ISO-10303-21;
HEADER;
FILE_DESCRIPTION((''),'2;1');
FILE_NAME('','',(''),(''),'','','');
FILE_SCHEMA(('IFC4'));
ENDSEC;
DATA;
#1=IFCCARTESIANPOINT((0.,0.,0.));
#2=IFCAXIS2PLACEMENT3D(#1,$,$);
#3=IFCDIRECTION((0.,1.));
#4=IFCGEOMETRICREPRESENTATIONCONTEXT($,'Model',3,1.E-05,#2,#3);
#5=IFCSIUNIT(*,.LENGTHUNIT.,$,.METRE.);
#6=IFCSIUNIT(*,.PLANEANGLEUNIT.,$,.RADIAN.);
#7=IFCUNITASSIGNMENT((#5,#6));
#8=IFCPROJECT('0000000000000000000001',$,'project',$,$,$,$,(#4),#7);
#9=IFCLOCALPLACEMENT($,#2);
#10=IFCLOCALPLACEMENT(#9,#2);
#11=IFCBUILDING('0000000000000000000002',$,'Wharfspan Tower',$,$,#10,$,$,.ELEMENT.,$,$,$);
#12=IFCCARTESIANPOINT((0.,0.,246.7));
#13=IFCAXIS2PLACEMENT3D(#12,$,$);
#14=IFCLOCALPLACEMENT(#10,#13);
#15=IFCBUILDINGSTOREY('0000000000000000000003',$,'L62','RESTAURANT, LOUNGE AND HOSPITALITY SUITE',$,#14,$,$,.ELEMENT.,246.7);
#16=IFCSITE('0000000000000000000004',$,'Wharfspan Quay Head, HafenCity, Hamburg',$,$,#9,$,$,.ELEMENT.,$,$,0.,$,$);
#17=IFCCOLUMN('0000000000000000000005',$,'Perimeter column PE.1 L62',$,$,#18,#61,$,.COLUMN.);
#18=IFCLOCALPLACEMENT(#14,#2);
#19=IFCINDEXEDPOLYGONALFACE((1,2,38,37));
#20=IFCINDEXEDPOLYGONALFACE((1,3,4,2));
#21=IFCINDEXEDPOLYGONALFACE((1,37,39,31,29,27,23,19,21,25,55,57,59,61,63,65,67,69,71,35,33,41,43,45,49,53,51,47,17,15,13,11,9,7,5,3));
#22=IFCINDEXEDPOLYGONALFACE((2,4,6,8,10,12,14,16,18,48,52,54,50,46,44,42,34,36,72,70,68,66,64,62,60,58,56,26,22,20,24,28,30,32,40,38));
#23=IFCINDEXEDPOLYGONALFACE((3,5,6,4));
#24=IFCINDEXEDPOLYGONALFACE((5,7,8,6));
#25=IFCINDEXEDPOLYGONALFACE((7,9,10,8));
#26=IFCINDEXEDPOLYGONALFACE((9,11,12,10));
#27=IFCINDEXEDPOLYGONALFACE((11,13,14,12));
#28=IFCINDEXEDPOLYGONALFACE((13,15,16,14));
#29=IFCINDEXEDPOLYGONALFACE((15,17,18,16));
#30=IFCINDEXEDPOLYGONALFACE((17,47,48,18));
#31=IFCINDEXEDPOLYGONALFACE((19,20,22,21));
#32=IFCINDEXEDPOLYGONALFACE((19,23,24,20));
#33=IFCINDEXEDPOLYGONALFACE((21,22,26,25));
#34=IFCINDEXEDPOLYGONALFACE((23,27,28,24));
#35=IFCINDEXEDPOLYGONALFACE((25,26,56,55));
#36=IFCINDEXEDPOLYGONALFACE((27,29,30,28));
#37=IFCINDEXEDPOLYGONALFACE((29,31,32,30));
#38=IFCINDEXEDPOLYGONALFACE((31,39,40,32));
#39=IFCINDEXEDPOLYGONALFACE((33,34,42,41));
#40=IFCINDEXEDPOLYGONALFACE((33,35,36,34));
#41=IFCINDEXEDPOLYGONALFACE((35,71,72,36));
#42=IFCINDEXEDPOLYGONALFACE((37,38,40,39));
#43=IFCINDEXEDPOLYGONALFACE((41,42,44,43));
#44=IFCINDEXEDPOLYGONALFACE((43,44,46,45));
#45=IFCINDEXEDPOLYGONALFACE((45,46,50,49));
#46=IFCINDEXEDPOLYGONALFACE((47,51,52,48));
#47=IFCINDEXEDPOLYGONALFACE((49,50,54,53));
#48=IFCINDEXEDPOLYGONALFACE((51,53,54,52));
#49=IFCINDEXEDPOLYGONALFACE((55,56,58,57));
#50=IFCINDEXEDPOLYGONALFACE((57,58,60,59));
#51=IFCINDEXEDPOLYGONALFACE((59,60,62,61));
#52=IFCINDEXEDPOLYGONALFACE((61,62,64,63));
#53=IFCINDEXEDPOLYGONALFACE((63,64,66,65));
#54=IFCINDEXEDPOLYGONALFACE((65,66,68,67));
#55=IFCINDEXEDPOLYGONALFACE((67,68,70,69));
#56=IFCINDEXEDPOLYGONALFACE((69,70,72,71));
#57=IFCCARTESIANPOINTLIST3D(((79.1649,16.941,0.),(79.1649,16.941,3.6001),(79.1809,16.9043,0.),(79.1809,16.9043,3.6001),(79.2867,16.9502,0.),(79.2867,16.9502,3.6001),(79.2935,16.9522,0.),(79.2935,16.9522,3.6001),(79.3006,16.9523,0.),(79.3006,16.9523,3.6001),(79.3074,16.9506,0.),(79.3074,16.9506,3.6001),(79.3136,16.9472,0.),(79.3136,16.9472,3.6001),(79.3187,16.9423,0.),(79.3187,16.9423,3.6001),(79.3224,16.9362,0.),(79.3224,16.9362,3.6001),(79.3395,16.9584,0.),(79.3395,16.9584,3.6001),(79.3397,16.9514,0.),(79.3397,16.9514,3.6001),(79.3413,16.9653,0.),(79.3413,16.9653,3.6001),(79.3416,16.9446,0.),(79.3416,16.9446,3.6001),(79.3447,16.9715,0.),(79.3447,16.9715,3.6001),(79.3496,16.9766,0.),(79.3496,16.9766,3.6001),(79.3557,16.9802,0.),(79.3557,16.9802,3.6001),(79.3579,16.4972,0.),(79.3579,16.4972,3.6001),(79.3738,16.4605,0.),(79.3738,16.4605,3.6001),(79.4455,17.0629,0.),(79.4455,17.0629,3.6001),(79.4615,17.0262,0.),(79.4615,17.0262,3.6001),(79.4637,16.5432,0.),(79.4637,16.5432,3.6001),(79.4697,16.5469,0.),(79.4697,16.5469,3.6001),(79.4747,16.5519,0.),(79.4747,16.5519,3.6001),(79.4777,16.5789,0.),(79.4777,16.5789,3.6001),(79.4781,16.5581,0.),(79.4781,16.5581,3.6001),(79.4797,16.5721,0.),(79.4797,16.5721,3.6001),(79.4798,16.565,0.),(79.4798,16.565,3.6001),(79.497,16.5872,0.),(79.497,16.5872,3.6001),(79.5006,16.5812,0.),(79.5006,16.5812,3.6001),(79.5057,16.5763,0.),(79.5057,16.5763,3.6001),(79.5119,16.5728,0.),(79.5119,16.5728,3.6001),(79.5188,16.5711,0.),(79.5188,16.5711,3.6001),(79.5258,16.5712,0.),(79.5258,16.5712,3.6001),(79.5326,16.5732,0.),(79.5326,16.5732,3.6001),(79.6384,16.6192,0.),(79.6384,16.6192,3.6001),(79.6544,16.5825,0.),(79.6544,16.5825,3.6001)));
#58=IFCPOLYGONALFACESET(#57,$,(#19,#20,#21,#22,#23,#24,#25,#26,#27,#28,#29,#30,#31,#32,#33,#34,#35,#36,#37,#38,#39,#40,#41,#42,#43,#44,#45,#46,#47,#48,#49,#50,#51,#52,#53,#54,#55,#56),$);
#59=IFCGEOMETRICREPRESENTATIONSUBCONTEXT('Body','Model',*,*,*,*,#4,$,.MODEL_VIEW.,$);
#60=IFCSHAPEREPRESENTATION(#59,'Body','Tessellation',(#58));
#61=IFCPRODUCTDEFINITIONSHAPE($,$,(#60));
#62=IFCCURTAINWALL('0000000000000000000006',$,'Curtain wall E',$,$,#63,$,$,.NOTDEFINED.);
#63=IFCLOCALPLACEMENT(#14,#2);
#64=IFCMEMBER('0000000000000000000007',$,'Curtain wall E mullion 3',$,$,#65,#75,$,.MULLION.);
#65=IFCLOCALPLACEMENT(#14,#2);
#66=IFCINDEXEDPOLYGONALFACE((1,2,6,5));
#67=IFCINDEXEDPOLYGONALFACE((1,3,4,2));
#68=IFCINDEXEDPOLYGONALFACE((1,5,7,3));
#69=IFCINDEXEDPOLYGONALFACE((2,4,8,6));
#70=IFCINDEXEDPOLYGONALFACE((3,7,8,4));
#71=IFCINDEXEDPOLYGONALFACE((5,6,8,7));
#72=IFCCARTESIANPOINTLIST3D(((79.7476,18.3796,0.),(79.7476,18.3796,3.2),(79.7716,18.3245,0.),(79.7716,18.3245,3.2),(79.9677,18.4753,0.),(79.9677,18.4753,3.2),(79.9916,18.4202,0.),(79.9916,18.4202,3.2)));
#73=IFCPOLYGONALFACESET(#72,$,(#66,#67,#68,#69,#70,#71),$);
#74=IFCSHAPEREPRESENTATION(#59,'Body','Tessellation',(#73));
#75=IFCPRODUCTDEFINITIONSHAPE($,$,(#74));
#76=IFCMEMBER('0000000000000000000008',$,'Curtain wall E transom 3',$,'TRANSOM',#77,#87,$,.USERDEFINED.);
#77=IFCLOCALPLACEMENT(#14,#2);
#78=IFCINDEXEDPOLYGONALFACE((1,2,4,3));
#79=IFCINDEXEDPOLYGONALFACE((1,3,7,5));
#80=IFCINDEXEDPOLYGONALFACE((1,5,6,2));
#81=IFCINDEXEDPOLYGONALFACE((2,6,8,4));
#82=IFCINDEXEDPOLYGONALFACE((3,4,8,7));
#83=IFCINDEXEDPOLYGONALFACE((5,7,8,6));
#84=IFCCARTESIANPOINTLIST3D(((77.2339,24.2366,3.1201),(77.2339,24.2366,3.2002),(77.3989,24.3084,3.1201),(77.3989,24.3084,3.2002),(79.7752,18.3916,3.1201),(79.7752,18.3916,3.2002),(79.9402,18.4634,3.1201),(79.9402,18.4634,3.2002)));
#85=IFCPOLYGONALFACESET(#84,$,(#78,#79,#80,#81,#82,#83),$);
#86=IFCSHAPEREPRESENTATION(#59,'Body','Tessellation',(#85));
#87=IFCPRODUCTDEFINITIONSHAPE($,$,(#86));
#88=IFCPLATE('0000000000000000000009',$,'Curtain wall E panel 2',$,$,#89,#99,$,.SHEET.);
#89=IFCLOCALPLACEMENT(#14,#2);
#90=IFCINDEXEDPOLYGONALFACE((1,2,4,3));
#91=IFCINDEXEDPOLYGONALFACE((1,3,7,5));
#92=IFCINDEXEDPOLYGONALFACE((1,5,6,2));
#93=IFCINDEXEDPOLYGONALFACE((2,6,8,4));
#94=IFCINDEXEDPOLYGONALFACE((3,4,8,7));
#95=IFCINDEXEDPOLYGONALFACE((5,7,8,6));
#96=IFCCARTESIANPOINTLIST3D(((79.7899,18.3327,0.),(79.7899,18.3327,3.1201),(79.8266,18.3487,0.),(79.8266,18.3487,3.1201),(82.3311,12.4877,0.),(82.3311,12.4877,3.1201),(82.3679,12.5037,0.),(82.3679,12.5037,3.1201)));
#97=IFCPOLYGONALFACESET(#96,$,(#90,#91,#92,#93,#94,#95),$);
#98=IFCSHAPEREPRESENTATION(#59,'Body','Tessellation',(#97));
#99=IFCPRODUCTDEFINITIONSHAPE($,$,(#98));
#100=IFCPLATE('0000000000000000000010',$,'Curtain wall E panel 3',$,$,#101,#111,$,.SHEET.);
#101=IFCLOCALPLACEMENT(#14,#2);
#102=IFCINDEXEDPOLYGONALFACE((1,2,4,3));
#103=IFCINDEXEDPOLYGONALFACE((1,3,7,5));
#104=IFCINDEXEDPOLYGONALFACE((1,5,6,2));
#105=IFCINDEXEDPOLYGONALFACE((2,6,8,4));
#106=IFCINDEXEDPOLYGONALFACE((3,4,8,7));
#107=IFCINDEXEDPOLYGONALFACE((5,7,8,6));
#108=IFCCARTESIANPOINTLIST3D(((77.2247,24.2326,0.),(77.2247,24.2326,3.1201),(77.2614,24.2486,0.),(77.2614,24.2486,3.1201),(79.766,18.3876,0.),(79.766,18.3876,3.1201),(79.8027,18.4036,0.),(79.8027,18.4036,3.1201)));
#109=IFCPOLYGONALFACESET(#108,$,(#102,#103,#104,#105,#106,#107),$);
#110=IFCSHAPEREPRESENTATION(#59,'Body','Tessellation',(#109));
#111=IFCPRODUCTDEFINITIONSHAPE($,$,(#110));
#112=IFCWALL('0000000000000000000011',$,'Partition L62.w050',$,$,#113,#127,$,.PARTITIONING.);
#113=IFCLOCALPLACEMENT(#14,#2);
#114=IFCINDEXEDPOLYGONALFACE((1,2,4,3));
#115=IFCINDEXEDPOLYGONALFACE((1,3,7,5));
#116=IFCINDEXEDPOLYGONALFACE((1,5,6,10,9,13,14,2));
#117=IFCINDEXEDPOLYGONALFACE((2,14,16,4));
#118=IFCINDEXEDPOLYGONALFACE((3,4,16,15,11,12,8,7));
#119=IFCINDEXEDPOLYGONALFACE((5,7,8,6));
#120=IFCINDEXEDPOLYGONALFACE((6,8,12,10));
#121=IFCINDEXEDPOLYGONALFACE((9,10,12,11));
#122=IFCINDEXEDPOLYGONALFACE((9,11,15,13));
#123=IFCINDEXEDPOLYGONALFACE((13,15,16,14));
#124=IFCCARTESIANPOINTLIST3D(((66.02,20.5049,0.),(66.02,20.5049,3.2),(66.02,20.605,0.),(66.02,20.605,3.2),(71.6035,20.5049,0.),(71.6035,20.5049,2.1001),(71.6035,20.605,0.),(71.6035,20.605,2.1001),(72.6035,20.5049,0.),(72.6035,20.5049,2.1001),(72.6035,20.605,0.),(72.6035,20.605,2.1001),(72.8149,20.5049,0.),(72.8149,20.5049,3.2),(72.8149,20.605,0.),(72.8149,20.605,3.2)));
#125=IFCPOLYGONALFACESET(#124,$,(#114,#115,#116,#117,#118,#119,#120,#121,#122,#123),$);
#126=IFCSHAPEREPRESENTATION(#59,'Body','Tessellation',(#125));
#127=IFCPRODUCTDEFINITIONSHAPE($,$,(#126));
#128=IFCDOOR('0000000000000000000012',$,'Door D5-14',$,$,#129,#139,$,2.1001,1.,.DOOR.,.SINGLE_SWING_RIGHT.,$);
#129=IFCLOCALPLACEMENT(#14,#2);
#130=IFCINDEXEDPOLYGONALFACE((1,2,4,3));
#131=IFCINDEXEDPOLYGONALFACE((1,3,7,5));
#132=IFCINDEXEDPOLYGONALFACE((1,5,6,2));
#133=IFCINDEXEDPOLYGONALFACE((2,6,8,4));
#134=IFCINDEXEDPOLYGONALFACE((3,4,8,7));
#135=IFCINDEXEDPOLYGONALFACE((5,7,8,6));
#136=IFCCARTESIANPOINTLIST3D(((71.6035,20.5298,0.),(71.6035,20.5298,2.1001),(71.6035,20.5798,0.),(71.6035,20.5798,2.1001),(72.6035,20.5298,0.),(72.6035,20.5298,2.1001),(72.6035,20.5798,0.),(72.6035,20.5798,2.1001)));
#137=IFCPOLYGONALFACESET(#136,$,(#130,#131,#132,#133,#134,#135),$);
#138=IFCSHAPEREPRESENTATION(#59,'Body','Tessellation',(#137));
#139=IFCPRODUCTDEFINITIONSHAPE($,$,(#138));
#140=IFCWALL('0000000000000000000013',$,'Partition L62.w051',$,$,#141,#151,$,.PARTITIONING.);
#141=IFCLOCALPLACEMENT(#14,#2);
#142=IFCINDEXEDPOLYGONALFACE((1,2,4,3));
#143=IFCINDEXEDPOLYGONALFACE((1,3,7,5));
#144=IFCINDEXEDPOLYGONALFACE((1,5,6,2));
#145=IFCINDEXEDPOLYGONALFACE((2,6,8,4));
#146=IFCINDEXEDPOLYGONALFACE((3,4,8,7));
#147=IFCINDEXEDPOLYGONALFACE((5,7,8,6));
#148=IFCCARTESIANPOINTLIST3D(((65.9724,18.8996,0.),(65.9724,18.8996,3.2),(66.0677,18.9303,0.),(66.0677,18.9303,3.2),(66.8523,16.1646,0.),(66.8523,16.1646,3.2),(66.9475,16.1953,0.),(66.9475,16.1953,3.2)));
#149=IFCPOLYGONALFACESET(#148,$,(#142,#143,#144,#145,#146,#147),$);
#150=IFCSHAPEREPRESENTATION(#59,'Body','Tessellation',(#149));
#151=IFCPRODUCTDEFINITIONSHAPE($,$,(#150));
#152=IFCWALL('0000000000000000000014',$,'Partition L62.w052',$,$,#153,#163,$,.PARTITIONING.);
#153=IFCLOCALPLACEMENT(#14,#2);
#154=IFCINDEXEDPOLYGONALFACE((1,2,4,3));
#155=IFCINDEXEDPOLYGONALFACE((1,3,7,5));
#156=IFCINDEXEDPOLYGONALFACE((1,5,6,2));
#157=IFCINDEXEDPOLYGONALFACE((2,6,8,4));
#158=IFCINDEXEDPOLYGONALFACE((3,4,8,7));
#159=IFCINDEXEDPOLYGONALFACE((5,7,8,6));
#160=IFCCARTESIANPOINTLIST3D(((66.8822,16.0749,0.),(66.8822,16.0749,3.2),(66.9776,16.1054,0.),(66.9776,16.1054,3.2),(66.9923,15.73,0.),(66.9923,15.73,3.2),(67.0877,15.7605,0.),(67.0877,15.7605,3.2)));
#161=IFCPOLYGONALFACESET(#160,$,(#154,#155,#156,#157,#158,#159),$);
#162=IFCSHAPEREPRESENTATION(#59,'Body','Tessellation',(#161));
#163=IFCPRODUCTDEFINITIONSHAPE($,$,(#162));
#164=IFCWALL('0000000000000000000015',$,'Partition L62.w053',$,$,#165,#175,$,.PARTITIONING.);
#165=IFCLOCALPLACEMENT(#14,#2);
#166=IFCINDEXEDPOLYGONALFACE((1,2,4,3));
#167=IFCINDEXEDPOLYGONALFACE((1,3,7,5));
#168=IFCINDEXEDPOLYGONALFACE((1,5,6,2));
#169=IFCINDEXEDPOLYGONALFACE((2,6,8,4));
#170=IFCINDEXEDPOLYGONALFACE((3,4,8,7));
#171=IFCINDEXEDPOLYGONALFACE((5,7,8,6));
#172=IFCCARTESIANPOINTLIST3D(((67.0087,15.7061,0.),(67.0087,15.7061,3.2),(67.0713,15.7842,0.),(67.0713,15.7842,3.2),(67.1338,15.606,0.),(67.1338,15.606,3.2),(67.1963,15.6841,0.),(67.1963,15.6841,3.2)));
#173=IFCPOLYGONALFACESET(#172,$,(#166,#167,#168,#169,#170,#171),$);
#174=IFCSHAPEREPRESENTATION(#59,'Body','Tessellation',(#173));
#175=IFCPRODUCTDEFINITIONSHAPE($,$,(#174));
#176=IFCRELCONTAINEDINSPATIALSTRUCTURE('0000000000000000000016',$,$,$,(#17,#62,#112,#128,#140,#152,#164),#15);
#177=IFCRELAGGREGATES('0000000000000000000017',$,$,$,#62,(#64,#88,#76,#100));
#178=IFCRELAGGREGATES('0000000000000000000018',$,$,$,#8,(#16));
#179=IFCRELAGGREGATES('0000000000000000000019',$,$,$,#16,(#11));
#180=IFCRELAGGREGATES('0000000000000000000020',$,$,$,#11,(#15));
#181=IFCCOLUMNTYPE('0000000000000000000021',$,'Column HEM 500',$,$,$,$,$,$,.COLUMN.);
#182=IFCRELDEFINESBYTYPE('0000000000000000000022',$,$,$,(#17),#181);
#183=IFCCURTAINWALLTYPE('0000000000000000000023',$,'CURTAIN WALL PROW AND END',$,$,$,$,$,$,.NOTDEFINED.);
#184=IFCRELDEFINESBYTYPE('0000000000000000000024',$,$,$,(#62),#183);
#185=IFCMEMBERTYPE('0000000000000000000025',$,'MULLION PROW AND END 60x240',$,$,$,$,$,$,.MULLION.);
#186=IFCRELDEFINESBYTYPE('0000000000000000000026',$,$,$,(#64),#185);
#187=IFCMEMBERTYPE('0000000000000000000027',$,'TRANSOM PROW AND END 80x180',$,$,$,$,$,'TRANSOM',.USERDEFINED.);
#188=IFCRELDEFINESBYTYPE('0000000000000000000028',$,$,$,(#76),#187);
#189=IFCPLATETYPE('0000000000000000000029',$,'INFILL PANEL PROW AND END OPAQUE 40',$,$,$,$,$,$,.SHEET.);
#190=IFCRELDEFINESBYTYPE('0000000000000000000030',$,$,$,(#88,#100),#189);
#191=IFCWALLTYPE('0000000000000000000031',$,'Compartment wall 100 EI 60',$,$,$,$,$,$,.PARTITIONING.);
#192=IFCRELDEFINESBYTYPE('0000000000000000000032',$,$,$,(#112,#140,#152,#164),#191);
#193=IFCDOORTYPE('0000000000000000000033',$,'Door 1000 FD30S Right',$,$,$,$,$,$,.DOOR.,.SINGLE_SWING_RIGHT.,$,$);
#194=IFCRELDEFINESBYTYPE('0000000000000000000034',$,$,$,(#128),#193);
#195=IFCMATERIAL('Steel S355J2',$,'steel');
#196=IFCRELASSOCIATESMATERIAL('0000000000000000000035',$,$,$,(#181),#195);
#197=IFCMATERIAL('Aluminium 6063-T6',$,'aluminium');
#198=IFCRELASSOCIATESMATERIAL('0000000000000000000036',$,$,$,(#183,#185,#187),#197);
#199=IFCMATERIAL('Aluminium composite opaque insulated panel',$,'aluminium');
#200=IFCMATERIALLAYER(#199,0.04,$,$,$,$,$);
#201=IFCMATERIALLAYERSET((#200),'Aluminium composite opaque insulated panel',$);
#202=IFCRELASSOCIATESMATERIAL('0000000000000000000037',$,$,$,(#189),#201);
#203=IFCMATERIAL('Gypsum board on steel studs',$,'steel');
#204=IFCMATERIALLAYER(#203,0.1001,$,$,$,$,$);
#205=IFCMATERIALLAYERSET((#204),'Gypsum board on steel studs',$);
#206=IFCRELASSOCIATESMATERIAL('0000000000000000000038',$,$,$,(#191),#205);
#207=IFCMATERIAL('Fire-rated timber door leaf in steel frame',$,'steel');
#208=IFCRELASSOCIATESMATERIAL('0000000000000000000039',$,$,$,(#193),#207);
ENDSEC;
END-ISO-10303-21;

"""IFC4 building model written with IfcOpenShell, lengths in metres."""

from ifc_helpers import new_model, si_unit, direction, frame, frame_2d, origin, origin_2d, place, context, subcontext, project, spatial, rectangle, i_section, extrude, material, layer, layer_set, material_profile, profile_set, type_object, element, fill, aggregate, save


model = new_model("IFC4")

# Units and contexts
model_context = context("Model", 3, precision=1e-05, world=origin(), true_north=direction((0.0, 1.0)))
body_context = subcontext(model_context, "Body", "Model", "MODEL_VIEW")
ifc_project = project(units=[si_unit("LENGTHUNIT", "METRE"), si_unit("PLANEANGLEUNIT", "RADIAN")], contexts=[model_context])

# Site, building, storey
site_placement = place(None, origin())
site = spatial("IfcSite", under=ifc_project, at=site_placement, Name="Wharfspan Quay Head, HafenCity, Hamburg", CompositionType="ELEMENT", RefElevation=0.0)
building_placement = place(site_placement, origin())
building = spatial("IfcBuilding", under=site, at=building_placement, Name="Wharfspan Tower", CompositionType="ELEMENT")
storey_placement = place(building_placement, frame((0.0, 0.0, 246.7)))
storey = spatial("IfcBuildingStorey", under=building, at=storey_placement, Name="L62", Description="RESTAURANT, LOUNGE AND HOSPITALITY SUITE", CompositionType="ELEMENT", Elevation=246.7)

# Column
ifc_material_1 = material(Name="Steel S355J2", Category="steel")
ifc_material_profile_1 = material_profile(ifc_material_1, i_section(OverallWidth=0.3059, OverallDepth=0.5239, WebThickness=0.021, FlangeThickness=0.04, FilletRadius=0.0271, at=origin_2d()))
ifc_profile_set_1 = profile_set([ifc_material_profile_1], Name="Steel S355J2")
column_type = type_object("IfcColumnType", Name="Column HEM 500", PredefinedType="COLUMN", material=ifc_profile_set_1)
column_placement = place(storey_placement, frame((79.4097, 16.7617, 0.0), z_axis=(0.0, 0.0, 1.0), x_axis=(0.917072, 0.398727, 0.0)))
element("IfcColumn", 1, at=column_placement, inside=storey, type_object=column_type, Name="Perimeter column PE.1 L62", PredefinedType="COLUMN", context=body_context, shape_type="SweptSolid", body=[
    extrude(i_section(OverallWidth=0.3059, OverallDepth=0.5239, WebThickness=0.021, FlangeThickness=0.04, FilletRadius=0.0271, at=origin_2d()), origin(), (0.0, 0.0, 1.0), 3.6001),
])

# Curtain wall, members, plates
ifc_material_2 = material(Name="Aluminium 6063-T6", Category="aluminium")
curtain_wall_type = type_object("IfcCurtainWallType", Name="CURTAIN WALL PROW AND END", PredefinedType="NOTDEFINED", material=ifc_material_2)
curtain_wall_placement = place(storey_placement, origin())
curtain_wall = element("IfcCurtainWall", 2, at=curtain_wall_placement, inside=storey, type_object=curtain_wall_type, Name="Curtain wall E", PredefinedType="NOTDEFINED")
ifc_material_profile_2 = material_profile(ifc_material_2, rectangle(XDim=0.24, YDim=0.0601, at=origin_2d()))
ifc_profile_set_2 = profile_set([ifc_material_profile_2], Name="Aluminium 6063-T6")
member_type_1 = type_object("IfcMemberType", Name="MULLION PROW AND END 60x240", PredefinedType="MULLION", material=ifc_profile_set_2)
member_1_placement = place(storey_placement, frame((79.8696, 18.3999, 0.0), z_axis=(0.0, 0.0, 1.0), x_axis=(-0.917072, -0.398727, 0.0)))
member_1 = element("IfcMember", 3, at=member_1_placement, type_object=member_type_1, Name="Curtain wall E mullion 3", PredefinedType="MULLION", context=body_context, shape_type="SweptSolid", body=[
    extrude(rectangle(XDim=0.24, YDim=0.0601, at=origin_2d()), origin(), (0.0, 0.0, 1.0), 3.2),
])
ifc_material_profile_3 = material_profile(ifc_material_2, rectangle(XDim=0.1799, YDim=0.0801, at=origin_2d()))
ifc_profile_set_3 = profile_set([ifc_material_profile_3], Name="Aluminium 6063-T6")
member_type_2 = type_object("IfcMemberType", Name="TRANSOM PROW AND END 80x180", ElementType="TRANSOM", PredefinedType="USERDEFINED", material=ifc_profile_set_3)
member_2_placement = place(storey_placement, frame((79.8577, 18.4275, 3.1602), z_axis=(-0.398722, 0.917072, 0.0), x_axis=(-0.917072, -0.398722, 0.0)))
member_2 = element("IfcMember", 4, at=member_2_placement, type_object=member_type_2, Name="Curtain wall E transom 3", ObjectType="TRANSOM", PredefinedType="USERDEFINED", context=body_context, shape_type="SweptSolid", body=[
    extrude(rectangle(XDim=0.1799, YDim=0.0801, at=origin_2d()), origin(), (0.0, 0.0, 1.0), 6.3735),
])
ifc_material_3 = material(Name="Aluminium composite opaque insulated panel", Category="aluminium")
ifc_layer_1 = layer(ifc_material_3, 0.04)
ifc_layer_set_1 = layer_set([ifc_layer_1], Name="Aluminium composite opaque insulated panel")
plate_type = type_object("IfcPlateType", Name="INFILL PANEL PROW AND END OPAQUE 40", PredefinedType="SHEET", material=ifc_layer_set_1)
plate_1_placement = place(storey_placement, frame((81.0789, 15.4182, 0.0), z_axis=(0.0, 0.0, 1.0), x_axis=(-0.398727, 0.917072, 0.0)))
plate_1 = element("IfcPlate", 5, at=plate_1_placement, type_object=plate_type, Name="Curtain wall E panel 2", PredefinedType="SHEET", context=body_context, shape_type="SweptSolid", body=[
    extrude(rectangle(XDim=6.3735, YDim=0.04, at=origin_2d()), origin(), (0.0, 0.0, 1.0), 3.1201),
])
plate_2_placement = place(storey_placement, frame((78.5137, 21.3181, 0.0), z_axis=(0.0, 0.0, 1.0), x_axis=(-0.398727, 0.917072, 0.0)))
plate_2 = element("IfcPlate", 6, at=plate_2_placement, type_object=plate_type, Name="Curtain wall E panel 3", PredefinedType="SHEET", context=body_context, shape_type="SweptSolid", body=[
    extrude(rectangle(XDim=6.3735, YDim=0.04, at=origin_2d()), origin(), (0.0, 0.0, 1.0), 3.1201),
])
aggregate(curtain_wall, [member_1, plate_1, member_2, plate_2])

# Wall, opening, door
ifc_material_4 = material(Name="Gypsum board on steel studs", Category="steel")
ifc_layer_2 = layer(ifc_material_4, 0.1001)
ifc_layer_set_2 = layer_set([ifc_layer_2], Name="Gypsum board on steel studs")
wall_type_1 = type_object("IfcWallType", Name="Compartment wall 100 EI 60", PredefinedType="PARTITIONING", material=ifc_layer_set_2)
wall_1_placement = place(storey_placement, frame((66.02, 20.5549, 0.0), z_axis=(0.0, 0.0, 1.0), x_axis=(1.0, 0.0, 0.0)))
wall_1 = element("IfcWall", 7, at=wall_1_placement, inside=storey, type_object=wall_type_1, Name="Partition L62.w050", PredefinedType="PARTITIONING", context=body_context, shape_type="SweptSolid", body=[
    extrude(rectangle(XDim=6.7949, YDim=0.1001, at=frame_2d((3.3975, 0.0))), origin(), (0.0, 0.0, 1.0), 3.2),
])
opening_1_placement = place(wall_1_placement, frame((5.5835, 0.0, 0.0)))
opening_1 = element("IfcOpeningElement", 8, at=opening_1_placement, cuts=wall_1, PredefinedType="OPENING", context=body_context, shape_type="SweptSolid", body=[
    extrude(rectangle(XDim=1.0, YDim=2.1001, at=frame_2d((0.5, 1.05))), frame((0.0, 0.0601, 0.0), z_axis=(0.0, -1.0, 0.0), x_axis=(1.0, 0.0, 0.0)), (0.0, 0.0, 1.0), 0.1201),
])
ifc_material_5 = material(Name="Fire-rated timber door leaf in steel frame", Category="steel")
door_type_1 = type_object("IfcDoorType", Name="Door 1000 FD30S Right", OperationType="SINGLE_SWING_RIGHT", PredefinedType="DOOR", material=ifc_material_5)
door_1_placement = place(opening_1_placement, origin())
door_1 = element("IfcDoor", 9, at=door_1_placement, inside=storey, type_object=door_type_1, Name="Door D5-14", OperationType="SINGLE_SWING_RIGHT", OverallHeight=2.1001, OverallWidth=1.0, PredefinedType="DOOR", context=body_context, shape_type="SweptSolid", body=[
    extrude(rectangle(XDim=1.0, YDim=2.1001, at=frame_2d((0.5, 1.05))), frame((0.0, 0.0249, 0.0), z_axis=(0.0, -1.0, 0.0), x_axis=(1.0, 0.0, 0.0)), (0.0, 0.0, 1.0), 0.05),
])
fill(opening_1, door_1)

# Walls
wall_2_placement = place(storey_placement, frame((66.8999, 16.1799, 0.0), z_axis=(0.0, 0.0, 1.0), x_axis=(-0.306242, 0.95195, 0.0)))
element("IfcWall", 10, at=wall_2_placement, inside=storey, type_object=wall_type_1, Name="Partition L62.w051", PredefinedType="PARTITIONING", context=body_context, shape_type="SweptSolid", body=[
    extrude(rectangle(XDim=2.873, YDim=0.1001, at=frame_2d((1.4365, 0.0))), origin(), (0.0, 0.0, 1.0), 3.2),
])
wall_3_placement = place(storey_placement, frame((67.04, 15.7451, 0.0), z_axis=(0.0, 0.0, 1.0), x_axis=(-0.304065, 0.952647, 0.0)))
element("IfcWall", 11, at=wall_3_placement, inside=storey, type_object=wall_type_1, Name="Partition L62.w052", PredefinedType="PARTITIONING", context=body_context, shape_type="SweptSolid", body=[
    extrude(rectangle(XDim=0.3621, YDim=0.1001, at=frame_2d((0.1812, 0.0))), origin(), (0.0, 0.0, 1.0), 3.2),
])
wall_4_placement = place(storey_placement, frame((67.165, 15.645, 0.0), z_axis=(0.0, 0.0, 1.0), x_axis=(-0.780569, 0.625065, 0.0)))
element("IfcWall", 12, at=wall_4_placement, inside=storey, type_object=wall_type_1, Name="Partition L62.w053", PredefinedType="PARTITIONING", context=body_context, shape_type="SweptSolid", body=[
    extrude(rectangle(XDim=0.1602, YDim=0.1001, at=frame_2d((0.0801, 0.0))), origin(), (0.0, 0.0, 1.0), 3.2),
])

save(model, "model.ifc")
